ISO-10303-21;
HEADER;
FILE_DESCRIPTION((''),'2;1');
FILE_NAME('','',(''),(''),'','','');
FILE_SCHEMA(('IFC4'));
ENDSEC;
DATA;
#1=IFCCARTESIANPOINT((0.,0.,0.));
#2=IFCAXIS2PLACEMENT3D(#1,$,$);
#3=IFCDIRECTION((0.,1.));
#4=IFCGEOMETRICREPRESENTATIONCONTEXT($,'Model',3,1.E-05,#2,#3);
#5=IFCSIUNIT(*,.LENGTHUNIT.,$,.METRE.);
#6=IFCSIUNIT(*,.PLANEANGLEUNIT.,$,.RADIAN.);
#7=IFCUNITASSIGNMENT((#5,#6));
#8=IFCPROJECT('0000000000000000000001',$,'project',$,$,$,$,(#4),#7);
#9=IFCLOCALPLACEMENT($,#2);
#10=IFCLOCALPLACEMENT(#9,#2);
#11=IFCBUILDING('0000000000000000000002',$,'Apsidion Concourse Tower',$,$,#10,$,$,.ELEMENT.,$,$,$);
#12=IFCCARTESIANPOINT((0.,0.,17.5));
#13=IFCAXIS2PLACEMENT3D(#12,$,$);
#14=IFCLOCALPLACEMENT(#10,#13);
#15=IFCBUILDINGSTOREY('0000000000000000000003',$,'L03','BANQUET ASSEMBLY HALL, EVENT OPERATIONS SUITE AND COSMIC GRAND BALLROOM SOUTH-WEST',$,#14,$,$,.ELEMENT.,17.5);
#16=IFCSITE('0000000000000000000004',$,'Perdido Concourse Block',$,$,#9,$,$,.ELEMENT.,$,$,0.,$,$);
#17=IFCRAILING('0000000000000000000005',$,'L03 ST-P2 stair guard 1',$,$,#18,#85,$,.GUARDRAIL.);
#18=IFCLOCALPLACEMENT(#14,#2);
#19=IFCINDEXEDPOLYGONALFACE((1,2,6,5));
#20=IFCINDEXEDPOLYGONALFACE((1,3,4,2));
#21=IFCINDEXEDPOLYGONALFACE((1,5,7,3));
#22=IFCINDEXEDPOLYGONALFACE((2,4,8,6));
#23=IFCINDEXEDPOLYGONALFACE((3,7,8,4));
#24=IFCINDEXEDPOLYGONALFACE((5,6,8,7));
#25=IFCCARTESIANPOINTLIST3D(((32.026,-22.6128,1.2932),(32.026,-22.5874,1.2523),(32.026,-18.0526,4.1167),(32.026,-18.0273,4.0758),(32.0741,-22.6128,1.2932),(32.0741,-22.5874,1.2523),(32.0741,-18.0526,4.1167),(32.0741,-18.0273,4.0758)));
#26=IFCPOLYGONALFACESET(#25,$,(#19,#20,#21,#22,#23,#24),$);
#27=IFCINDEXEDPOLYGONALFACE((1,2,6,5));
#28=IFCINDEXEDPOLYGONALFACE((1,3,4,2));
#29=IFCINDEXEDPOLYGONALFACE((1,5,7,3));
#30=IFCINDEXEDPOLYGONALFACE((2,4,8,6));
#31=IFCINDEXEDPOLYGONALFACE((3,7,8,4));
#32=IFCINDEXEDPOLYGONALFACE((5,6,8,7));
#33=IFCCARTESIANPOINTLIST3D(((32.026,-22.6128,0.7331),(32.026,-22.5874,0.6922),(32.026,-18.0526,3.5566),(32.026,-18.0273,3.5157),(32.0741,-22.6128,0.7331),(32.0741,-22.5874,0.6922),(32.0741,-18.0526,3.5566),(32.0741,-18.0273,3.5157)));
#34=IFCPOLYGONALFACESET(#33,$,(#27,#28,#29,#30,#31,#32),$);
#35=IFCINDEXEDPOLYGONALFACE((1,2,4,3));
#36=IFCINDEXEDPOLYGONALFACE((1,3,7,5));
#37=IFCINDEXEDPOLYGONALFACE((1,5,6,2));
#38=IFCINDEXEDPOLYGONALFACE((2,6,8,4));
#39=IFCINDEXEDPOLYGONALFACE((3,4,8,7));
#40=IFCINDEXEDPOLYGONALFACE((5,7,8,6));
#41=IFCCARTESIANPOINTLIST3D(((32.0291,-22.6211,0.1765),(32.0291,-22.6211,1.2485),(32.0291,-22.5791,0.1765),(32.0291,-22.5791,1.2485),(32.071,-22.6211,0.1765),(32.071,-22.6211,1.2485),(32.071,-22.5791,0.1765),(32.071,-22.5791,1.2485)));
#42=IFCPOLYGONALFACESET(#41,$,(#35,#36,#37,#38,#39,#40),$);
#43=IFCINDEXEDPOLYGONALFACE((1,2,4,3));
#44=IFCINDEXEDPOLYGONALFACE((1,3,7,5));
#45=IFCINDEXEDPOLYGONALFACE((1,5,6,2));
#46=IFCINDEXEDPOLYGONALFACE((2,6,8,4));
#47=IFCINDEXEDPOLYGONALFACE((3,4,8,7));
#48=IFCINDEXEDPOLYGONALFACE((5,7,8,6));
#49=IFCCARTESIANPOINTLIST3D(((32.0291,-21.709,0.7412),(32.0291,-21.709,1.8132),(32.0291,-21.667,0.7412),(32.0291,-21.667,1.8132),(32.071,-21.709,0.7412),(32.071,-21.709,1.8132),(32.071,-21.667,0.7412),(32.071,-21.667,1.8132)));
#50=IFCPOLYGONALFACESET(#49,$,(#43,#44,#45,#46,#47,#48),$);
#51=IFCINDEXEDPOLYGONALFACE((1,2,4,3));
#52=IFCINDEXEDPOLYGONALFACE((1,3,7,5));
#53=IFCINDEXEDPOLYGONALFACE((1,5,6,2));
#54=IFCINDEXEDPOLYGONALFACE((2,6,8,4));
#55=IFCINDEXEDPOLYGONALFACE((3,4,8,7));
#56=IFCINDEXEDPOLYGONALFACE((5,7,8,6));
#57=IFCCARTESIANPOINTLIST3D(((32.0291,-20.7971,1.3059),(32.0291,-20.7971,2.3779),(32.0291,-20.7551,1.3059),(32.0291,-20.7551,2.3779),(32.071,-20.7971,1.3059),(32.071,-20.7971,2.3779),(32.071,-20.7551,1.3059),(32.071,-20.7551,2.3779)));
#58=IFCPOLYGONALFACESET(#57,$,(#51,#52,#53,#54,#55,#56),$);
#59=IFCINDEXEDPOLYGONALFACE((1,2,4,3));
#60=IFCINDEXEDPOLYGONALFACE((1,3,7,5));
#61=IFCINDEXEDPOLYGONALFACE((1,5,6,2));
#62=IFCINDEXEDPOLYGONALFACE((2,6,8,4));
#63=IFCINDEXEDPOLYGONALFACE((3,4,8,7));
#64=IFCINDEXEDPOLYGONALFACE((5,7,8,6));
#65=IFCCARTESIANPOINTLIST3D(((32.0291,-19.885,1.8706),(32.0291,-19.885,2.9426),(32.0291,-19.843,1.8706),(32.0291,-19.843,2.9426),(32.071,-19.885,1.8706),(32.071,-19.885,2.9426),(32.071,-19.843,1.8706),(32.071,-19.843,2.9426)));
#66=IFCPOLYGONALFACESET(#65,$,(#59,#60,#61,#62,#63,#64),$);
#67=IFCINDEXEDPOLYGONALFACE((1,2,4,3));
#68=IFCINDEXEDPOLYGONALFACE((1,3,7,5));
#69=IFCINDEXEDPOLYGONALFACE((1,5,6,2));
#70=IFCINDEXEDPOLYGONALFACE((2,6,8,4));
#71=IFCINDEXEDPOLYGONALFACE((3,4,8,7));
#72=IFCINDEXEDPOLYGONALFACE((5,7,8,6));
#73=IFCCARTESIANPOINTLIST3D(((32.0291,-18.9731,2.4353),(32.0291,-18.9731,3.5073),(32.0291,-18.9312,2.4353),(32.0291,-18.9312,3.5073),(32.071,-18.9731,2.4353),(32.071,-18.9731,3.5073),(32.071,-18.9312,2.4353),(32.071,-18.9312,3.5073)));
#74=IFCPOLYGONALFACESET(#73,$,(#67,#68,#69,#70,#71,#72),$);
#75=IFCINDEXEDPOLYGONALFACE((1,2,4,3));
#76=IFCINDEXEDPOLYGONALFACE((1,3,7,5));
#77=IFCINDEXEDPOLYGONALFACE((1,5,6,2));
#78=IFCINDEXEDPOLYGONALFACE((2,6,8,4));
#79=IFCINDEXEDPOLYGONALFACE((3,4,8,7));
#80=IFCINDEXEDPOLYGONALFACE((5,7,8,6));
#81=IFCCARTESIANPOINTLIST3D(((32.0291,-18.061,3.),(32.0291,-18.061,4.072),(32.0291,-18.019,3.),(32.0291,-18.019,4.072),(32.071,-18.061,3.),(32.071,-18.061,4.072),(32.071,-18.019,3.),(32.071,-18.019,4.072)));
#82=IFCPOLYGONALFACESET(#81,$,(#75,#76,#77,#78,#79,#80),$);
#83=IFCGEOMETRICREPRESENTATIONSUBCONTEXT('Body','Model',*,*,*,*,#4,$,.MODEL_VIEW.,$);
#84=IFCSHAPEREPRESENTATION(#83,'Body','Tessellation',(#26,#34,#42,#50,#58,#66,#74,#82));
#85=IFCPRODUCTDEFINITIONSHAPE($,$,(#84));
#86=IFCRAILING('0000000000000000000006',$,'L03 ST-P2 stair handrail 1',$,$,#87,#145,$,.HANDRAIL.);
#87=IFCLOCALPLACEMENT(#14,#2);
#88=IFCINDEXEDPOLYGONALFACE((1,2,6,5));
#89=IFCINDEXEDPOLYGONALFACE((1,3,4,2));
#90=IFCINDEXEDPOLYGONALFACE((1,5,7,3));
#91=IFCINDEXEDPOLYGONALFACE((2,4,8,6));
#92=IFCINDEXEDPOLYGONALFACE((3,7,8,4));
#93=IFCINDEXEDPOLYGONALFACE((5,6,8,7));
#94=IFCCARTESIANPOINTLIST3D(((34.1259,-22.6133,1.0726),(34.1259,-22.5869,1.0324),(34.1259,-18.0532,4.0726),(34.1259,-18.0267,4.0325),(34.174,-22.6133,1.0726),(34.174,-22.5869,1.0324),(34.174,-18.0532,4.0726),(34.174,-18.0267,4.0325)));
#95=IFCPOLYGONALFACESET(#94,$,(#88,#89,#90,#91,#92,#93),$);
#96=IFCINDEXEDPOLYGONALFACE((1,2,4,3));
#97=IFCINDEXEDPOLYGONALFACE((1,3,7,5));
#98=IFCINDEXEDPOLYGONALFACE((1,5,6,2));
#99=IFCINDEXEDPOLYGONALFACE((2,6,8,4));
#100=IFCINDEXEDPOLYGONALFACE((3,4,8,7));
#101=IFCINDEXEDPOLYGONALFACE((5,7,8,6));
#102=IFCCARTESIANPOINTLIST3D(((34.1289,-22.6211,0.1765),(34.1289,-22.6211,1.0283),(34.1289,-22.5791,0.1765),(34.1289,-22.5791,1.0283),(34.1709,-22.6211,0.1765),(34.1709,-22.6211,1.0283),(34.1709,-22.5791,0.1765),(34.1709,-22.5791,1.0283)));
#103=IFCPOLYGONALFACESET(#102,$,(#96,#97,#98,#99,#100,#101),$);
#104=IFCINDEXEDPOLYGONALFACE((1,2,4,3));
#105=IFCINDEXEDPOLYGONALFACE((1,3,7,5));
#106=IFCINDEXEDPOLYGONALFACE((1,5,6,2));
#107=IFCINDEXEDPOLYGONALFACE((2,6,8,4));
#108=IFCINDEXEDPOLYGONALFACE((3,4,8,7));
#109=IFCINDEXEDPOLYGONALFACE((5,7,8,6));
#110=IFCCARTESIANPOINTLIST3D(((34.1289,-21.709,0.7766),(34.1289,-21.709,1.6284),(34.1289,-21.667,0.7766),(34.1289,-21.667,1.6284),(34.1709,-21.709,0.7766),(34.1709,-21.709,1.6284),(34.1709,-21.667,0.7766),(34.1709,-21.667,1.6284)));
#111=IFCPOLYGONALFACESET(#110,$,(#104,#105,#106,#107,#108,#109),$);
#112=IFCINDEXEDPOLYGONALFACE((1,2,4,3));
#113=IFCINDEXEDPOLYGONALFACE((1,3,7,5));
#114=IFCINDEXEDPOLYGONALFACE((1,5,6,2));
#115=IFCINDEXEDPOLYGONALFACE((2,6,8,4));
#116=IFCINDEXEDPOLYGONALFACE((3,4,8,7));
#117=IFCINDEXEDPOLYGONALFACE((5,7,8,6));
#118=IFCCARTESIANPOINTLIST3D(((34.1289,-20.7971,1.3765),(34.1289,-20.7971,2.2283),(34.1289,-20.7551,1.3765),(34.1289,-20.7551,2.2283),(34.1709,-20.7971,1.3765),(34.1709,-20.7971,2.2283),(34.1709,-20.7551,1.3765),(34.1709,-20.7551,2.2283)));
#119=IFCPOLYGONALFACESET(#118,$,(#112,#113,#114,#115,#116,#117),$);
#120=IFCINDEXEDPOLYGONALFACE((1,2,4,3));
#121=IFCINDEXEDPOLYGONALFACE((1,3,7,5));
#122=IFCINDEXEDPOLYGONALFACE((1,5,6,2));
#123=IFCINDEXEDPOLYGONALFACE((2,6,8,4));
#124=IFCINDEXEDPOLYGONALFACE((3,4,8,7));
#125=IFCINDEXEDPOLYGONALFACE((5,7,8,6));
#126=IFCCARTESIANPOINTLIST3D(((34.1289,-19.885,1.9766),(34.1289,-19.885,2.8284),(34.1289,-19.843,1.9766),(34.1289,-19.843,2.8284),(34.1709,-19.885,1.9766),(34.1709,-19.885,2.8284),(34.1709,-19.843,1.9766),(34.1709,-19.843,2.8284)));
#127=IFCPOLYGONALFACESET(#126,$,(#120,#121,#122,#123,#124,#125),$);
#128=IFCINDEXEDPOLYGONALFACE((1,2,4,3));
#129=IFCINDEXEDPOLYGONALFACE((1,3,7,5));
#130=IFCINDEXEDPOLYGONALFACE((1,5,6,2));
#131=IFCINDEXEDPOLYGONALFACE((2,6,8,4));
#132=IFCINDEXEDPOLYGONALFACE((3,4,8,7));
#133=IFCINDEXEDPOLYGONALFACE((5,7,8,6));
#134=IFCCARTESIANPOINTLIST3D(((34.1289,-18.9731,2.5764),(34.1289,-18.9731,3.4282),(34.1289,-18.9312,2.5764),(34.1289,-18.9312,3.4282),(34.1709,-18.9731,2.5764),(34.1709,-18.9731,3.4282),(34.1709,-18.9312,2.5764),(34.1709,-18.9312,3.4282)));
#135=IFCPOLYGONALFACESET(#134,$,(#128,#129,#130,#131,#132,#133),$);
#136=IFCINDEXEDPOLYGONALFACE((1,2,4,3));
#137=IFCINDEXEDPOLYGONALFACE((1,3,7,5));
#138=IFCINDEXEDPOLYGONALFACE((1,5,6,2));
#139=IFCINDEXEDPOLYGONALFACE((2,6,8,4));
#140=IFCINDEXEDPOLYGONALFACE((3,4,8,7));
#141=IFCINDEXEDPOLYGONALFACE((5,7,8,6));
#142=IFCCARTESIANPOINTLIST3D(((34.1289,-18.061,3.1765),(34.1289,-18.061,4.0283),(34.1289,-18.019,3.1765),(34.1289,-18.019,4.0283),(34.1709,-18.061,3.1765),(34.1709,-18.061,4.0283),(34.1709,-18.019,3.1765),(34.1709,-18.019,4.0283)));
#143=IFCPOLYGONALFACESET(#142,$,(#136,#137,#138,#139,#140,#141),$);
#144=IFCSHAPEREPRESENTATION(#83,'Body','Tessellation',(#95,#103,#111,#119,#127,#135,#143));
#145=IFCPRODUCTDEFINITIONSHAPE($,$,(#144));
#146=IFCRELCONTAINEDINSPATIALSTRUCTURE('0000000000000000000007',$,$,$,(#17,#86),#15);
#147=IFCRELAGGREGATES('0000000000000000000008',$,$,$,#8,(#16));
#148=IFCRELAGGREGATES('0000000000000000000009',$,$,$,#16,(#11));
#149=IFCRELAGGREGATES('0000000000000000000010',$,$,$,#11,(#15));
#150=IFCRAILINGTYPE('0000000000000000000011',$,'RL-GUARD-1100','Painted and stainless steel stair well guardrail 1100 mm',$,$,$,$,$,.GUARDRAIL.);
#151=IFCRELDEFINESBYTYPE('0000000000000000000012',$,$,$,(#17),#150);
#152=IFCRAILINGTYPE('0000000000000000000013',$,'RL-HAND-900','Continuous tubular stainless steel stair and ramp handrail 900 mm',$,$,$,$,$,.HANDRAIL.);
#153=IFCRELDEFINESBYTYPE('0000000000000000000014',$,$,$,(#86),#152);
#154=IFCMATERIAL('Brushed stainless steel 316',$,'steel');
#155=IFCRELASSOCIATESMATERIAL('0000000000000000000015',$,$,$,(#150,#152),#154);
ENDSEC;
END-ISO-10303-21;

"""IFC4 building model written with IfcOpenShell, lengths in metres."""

from ifc_helpers import new_model, si_unit, direction, frame, origin, origin_2d, place, context, subcontext, project, spatial, rectangle, extrude, material, type_object, element, save


model = new_model("IFC4")

# Units and contexts
model_context = context("Model", 3, precision=1e-05, world=origin(), true_north=direction((0.0, 1.0)))
body_context = subcontext(model_context, "Body", "Model", "MODEL_VIEW")
ifc_project = project(units=[si_unit("LENGTHUNIT", "METRE"), si_unit("PLANEANGLEUNIT", "RADIAN")], contexts=[model_context])

# Site, building, storey
site_placement = place(None, origin())
site = spatial("IfcSite", under=ifc_project, at=site_placement, Name="Perdido Concourse Block", CompositionType="ELEMENT", RefElevation=0.0)
building_placement = place(site_placement, origin())
building = spatial("IfcBuilding", under=site, at=building_placement, Name="Apsidion Concourse Tower", CompositionType="ELEMENT")
storey_placement = place(building_placement, frame((0.0, 0.0, 17.5)))
storey = spatial("IfcBuildingStorey", under=building, at=storey_placement, Name="L03", Description="BANQUET ASSEMBLY HALL, EVENT OPERATIONS SUITE AND COSMIC GRAND BALLROOM SOUTH-WEST", CompositionType="ELEMENT", Elevation=17.5)

# Railings
ifc_material_1 = material(Name="Brushed stainless steel 316", Category="steel")
railing_type_1 = type_object("IfcRailingType", Name="RL-GUARD-1100", Description="Painted and stainless steel stair well guardrail 1100 mm", PredefinedType="GUARDRAIL", material=ifc_material_1)
railing_1_placement = place(storey_placement, frame((32.05, -22.6001, 0.1765)))
element("IfcRailing", 1, at=railing_1_placement, inside=storey, type_object=railing_type_1, Name="L03 ST-P2 stair guard 1", PredefinedType="GUARDRAIL", context=body_context, shape_type="SweptSolid", body=[
    extrude(rectangle(XDim=0.0481, YDim=0.0481, at=origin_2d()), frame((0.0, 0.0, 1.0962), z_axis=(0.0, 0.850216, 0.526435), x_axis=(-1.0, 0.0, 0.0)), (0.0, 0.0, 1.0), 5.3635),
    extrude(rectangle(XDim=0.0481, YDim=0.0481, at=origin_2d()), frame((0.0, 0.0, 0.5361), z_axis=(0.0, 0.850216, 0.526435), x_axis=(-1.0, 0.0, 0.0)), (0.0, 0.0, 1.0), 5.3635),
    extrude(rectangle(XDim=0.042, YDim=0.042, at=origin_2d()), origin(), (0.0, 0.0, 1.0), 1.072),
    extrude(rectangle(XDim=0.042, YDim=0.042, at=origin_2d()), frame((0.0, 0.9121, 0.5647)), (0.0, 0.0, 1.0), 1.072),
    extrude(rectangle(XDim=0.042, YDim=0.042, at=origin_2d()), frame((0.0, 1.824, 1.1294)), (0.0, 0.0, 1.0), 1.072),
    extrude(rectangle(XDim=0.042, YDim=0.042, at=origin_2d()), frame((0.0, 2.7361, 1.6941)), (0.0, 0.0, 1.0), 1.072),
    extrude(rectangle(XDim=0.042, YDim=0.042, at=origin_2d()), frame((0.0, 3.6479, 2.2588)), (0.0, 0.0, 1.0), 1.072),
    extrude(rectangle(XDim=0.042, YDim=0.042, at=origin_2d()), frame((0.0, 4.5601, 2.8235)), (0.0, 0.0, 1.0), 1.072),
])
railing_type_2 = type_object("IfcRailingType", Name="RL-HAND-900", Description="Continuous tubular stainless steel stair and ramp handrail 900 mm", PredefinedType="HANDRAIL", material=ifc_material_1)
railing_2_placement = place(storey_placement, frame((34.1499, -22.6001, 0.1765)))
element("IfcRailing", 2, at=railing_2_placement, inside=storey, type_object=railing_type_2, Name="L03 ST-P2 stair handrail 1", PredefinedType="HANDRAIL", context=body_context, shape_type="SweptSolid", body=[
    extrude(rectangle(XDim=0.0481, YDim=0.0481, at=origin_2d()), frame((0.0, 0.0, 0.876), z_axis=(0.0, 0.83542, 0.549612), x_axis=(-1.0, 0.0, 0.0)), (0.0, 0.0, 1.0), 5.4585),
    extrude(rectangle(XDim=0.042, YDim=0.042, at=origin_2d()), origin(), (0.0, 0.0, 1.0), 0.8518),
    extrude(rectangle(XDim=0.042, YDim=0.042, at=origin_2d()), frame((0.0, 0.9121, 0.6001)), (0.0, 0.0, 1.0), 0.8518),
    extrude(rectangle(XDim=0.042, YDim=0.042, at=origin_2d()), frame((0.0, 1.824, 1.2)), (0.0, 0.0, 1.0), 0.8518),
    extrude(rectangle(XDim=0.042, YDim=0.042, at=origin_2d()), frame((0.0, 2.7361, 1.8)), (0.0, 0.0, 1.0), 0.8518),
    extrude(rectangle(XDim=0.042, YDim=0.042, at=origin_2d()), frame((0.0, 3.6479, 2.3999)), (0.0, 0.0, 1.0), 0.8518),
    extrude(rectangle(XDim=0.042, YDim=0.042, at=origin_2d()), frame((0.0, 4.5601, 3.0)), (0.0, 0.0, 1.0), 0.8518),
])

save(model, "model.ifc")
